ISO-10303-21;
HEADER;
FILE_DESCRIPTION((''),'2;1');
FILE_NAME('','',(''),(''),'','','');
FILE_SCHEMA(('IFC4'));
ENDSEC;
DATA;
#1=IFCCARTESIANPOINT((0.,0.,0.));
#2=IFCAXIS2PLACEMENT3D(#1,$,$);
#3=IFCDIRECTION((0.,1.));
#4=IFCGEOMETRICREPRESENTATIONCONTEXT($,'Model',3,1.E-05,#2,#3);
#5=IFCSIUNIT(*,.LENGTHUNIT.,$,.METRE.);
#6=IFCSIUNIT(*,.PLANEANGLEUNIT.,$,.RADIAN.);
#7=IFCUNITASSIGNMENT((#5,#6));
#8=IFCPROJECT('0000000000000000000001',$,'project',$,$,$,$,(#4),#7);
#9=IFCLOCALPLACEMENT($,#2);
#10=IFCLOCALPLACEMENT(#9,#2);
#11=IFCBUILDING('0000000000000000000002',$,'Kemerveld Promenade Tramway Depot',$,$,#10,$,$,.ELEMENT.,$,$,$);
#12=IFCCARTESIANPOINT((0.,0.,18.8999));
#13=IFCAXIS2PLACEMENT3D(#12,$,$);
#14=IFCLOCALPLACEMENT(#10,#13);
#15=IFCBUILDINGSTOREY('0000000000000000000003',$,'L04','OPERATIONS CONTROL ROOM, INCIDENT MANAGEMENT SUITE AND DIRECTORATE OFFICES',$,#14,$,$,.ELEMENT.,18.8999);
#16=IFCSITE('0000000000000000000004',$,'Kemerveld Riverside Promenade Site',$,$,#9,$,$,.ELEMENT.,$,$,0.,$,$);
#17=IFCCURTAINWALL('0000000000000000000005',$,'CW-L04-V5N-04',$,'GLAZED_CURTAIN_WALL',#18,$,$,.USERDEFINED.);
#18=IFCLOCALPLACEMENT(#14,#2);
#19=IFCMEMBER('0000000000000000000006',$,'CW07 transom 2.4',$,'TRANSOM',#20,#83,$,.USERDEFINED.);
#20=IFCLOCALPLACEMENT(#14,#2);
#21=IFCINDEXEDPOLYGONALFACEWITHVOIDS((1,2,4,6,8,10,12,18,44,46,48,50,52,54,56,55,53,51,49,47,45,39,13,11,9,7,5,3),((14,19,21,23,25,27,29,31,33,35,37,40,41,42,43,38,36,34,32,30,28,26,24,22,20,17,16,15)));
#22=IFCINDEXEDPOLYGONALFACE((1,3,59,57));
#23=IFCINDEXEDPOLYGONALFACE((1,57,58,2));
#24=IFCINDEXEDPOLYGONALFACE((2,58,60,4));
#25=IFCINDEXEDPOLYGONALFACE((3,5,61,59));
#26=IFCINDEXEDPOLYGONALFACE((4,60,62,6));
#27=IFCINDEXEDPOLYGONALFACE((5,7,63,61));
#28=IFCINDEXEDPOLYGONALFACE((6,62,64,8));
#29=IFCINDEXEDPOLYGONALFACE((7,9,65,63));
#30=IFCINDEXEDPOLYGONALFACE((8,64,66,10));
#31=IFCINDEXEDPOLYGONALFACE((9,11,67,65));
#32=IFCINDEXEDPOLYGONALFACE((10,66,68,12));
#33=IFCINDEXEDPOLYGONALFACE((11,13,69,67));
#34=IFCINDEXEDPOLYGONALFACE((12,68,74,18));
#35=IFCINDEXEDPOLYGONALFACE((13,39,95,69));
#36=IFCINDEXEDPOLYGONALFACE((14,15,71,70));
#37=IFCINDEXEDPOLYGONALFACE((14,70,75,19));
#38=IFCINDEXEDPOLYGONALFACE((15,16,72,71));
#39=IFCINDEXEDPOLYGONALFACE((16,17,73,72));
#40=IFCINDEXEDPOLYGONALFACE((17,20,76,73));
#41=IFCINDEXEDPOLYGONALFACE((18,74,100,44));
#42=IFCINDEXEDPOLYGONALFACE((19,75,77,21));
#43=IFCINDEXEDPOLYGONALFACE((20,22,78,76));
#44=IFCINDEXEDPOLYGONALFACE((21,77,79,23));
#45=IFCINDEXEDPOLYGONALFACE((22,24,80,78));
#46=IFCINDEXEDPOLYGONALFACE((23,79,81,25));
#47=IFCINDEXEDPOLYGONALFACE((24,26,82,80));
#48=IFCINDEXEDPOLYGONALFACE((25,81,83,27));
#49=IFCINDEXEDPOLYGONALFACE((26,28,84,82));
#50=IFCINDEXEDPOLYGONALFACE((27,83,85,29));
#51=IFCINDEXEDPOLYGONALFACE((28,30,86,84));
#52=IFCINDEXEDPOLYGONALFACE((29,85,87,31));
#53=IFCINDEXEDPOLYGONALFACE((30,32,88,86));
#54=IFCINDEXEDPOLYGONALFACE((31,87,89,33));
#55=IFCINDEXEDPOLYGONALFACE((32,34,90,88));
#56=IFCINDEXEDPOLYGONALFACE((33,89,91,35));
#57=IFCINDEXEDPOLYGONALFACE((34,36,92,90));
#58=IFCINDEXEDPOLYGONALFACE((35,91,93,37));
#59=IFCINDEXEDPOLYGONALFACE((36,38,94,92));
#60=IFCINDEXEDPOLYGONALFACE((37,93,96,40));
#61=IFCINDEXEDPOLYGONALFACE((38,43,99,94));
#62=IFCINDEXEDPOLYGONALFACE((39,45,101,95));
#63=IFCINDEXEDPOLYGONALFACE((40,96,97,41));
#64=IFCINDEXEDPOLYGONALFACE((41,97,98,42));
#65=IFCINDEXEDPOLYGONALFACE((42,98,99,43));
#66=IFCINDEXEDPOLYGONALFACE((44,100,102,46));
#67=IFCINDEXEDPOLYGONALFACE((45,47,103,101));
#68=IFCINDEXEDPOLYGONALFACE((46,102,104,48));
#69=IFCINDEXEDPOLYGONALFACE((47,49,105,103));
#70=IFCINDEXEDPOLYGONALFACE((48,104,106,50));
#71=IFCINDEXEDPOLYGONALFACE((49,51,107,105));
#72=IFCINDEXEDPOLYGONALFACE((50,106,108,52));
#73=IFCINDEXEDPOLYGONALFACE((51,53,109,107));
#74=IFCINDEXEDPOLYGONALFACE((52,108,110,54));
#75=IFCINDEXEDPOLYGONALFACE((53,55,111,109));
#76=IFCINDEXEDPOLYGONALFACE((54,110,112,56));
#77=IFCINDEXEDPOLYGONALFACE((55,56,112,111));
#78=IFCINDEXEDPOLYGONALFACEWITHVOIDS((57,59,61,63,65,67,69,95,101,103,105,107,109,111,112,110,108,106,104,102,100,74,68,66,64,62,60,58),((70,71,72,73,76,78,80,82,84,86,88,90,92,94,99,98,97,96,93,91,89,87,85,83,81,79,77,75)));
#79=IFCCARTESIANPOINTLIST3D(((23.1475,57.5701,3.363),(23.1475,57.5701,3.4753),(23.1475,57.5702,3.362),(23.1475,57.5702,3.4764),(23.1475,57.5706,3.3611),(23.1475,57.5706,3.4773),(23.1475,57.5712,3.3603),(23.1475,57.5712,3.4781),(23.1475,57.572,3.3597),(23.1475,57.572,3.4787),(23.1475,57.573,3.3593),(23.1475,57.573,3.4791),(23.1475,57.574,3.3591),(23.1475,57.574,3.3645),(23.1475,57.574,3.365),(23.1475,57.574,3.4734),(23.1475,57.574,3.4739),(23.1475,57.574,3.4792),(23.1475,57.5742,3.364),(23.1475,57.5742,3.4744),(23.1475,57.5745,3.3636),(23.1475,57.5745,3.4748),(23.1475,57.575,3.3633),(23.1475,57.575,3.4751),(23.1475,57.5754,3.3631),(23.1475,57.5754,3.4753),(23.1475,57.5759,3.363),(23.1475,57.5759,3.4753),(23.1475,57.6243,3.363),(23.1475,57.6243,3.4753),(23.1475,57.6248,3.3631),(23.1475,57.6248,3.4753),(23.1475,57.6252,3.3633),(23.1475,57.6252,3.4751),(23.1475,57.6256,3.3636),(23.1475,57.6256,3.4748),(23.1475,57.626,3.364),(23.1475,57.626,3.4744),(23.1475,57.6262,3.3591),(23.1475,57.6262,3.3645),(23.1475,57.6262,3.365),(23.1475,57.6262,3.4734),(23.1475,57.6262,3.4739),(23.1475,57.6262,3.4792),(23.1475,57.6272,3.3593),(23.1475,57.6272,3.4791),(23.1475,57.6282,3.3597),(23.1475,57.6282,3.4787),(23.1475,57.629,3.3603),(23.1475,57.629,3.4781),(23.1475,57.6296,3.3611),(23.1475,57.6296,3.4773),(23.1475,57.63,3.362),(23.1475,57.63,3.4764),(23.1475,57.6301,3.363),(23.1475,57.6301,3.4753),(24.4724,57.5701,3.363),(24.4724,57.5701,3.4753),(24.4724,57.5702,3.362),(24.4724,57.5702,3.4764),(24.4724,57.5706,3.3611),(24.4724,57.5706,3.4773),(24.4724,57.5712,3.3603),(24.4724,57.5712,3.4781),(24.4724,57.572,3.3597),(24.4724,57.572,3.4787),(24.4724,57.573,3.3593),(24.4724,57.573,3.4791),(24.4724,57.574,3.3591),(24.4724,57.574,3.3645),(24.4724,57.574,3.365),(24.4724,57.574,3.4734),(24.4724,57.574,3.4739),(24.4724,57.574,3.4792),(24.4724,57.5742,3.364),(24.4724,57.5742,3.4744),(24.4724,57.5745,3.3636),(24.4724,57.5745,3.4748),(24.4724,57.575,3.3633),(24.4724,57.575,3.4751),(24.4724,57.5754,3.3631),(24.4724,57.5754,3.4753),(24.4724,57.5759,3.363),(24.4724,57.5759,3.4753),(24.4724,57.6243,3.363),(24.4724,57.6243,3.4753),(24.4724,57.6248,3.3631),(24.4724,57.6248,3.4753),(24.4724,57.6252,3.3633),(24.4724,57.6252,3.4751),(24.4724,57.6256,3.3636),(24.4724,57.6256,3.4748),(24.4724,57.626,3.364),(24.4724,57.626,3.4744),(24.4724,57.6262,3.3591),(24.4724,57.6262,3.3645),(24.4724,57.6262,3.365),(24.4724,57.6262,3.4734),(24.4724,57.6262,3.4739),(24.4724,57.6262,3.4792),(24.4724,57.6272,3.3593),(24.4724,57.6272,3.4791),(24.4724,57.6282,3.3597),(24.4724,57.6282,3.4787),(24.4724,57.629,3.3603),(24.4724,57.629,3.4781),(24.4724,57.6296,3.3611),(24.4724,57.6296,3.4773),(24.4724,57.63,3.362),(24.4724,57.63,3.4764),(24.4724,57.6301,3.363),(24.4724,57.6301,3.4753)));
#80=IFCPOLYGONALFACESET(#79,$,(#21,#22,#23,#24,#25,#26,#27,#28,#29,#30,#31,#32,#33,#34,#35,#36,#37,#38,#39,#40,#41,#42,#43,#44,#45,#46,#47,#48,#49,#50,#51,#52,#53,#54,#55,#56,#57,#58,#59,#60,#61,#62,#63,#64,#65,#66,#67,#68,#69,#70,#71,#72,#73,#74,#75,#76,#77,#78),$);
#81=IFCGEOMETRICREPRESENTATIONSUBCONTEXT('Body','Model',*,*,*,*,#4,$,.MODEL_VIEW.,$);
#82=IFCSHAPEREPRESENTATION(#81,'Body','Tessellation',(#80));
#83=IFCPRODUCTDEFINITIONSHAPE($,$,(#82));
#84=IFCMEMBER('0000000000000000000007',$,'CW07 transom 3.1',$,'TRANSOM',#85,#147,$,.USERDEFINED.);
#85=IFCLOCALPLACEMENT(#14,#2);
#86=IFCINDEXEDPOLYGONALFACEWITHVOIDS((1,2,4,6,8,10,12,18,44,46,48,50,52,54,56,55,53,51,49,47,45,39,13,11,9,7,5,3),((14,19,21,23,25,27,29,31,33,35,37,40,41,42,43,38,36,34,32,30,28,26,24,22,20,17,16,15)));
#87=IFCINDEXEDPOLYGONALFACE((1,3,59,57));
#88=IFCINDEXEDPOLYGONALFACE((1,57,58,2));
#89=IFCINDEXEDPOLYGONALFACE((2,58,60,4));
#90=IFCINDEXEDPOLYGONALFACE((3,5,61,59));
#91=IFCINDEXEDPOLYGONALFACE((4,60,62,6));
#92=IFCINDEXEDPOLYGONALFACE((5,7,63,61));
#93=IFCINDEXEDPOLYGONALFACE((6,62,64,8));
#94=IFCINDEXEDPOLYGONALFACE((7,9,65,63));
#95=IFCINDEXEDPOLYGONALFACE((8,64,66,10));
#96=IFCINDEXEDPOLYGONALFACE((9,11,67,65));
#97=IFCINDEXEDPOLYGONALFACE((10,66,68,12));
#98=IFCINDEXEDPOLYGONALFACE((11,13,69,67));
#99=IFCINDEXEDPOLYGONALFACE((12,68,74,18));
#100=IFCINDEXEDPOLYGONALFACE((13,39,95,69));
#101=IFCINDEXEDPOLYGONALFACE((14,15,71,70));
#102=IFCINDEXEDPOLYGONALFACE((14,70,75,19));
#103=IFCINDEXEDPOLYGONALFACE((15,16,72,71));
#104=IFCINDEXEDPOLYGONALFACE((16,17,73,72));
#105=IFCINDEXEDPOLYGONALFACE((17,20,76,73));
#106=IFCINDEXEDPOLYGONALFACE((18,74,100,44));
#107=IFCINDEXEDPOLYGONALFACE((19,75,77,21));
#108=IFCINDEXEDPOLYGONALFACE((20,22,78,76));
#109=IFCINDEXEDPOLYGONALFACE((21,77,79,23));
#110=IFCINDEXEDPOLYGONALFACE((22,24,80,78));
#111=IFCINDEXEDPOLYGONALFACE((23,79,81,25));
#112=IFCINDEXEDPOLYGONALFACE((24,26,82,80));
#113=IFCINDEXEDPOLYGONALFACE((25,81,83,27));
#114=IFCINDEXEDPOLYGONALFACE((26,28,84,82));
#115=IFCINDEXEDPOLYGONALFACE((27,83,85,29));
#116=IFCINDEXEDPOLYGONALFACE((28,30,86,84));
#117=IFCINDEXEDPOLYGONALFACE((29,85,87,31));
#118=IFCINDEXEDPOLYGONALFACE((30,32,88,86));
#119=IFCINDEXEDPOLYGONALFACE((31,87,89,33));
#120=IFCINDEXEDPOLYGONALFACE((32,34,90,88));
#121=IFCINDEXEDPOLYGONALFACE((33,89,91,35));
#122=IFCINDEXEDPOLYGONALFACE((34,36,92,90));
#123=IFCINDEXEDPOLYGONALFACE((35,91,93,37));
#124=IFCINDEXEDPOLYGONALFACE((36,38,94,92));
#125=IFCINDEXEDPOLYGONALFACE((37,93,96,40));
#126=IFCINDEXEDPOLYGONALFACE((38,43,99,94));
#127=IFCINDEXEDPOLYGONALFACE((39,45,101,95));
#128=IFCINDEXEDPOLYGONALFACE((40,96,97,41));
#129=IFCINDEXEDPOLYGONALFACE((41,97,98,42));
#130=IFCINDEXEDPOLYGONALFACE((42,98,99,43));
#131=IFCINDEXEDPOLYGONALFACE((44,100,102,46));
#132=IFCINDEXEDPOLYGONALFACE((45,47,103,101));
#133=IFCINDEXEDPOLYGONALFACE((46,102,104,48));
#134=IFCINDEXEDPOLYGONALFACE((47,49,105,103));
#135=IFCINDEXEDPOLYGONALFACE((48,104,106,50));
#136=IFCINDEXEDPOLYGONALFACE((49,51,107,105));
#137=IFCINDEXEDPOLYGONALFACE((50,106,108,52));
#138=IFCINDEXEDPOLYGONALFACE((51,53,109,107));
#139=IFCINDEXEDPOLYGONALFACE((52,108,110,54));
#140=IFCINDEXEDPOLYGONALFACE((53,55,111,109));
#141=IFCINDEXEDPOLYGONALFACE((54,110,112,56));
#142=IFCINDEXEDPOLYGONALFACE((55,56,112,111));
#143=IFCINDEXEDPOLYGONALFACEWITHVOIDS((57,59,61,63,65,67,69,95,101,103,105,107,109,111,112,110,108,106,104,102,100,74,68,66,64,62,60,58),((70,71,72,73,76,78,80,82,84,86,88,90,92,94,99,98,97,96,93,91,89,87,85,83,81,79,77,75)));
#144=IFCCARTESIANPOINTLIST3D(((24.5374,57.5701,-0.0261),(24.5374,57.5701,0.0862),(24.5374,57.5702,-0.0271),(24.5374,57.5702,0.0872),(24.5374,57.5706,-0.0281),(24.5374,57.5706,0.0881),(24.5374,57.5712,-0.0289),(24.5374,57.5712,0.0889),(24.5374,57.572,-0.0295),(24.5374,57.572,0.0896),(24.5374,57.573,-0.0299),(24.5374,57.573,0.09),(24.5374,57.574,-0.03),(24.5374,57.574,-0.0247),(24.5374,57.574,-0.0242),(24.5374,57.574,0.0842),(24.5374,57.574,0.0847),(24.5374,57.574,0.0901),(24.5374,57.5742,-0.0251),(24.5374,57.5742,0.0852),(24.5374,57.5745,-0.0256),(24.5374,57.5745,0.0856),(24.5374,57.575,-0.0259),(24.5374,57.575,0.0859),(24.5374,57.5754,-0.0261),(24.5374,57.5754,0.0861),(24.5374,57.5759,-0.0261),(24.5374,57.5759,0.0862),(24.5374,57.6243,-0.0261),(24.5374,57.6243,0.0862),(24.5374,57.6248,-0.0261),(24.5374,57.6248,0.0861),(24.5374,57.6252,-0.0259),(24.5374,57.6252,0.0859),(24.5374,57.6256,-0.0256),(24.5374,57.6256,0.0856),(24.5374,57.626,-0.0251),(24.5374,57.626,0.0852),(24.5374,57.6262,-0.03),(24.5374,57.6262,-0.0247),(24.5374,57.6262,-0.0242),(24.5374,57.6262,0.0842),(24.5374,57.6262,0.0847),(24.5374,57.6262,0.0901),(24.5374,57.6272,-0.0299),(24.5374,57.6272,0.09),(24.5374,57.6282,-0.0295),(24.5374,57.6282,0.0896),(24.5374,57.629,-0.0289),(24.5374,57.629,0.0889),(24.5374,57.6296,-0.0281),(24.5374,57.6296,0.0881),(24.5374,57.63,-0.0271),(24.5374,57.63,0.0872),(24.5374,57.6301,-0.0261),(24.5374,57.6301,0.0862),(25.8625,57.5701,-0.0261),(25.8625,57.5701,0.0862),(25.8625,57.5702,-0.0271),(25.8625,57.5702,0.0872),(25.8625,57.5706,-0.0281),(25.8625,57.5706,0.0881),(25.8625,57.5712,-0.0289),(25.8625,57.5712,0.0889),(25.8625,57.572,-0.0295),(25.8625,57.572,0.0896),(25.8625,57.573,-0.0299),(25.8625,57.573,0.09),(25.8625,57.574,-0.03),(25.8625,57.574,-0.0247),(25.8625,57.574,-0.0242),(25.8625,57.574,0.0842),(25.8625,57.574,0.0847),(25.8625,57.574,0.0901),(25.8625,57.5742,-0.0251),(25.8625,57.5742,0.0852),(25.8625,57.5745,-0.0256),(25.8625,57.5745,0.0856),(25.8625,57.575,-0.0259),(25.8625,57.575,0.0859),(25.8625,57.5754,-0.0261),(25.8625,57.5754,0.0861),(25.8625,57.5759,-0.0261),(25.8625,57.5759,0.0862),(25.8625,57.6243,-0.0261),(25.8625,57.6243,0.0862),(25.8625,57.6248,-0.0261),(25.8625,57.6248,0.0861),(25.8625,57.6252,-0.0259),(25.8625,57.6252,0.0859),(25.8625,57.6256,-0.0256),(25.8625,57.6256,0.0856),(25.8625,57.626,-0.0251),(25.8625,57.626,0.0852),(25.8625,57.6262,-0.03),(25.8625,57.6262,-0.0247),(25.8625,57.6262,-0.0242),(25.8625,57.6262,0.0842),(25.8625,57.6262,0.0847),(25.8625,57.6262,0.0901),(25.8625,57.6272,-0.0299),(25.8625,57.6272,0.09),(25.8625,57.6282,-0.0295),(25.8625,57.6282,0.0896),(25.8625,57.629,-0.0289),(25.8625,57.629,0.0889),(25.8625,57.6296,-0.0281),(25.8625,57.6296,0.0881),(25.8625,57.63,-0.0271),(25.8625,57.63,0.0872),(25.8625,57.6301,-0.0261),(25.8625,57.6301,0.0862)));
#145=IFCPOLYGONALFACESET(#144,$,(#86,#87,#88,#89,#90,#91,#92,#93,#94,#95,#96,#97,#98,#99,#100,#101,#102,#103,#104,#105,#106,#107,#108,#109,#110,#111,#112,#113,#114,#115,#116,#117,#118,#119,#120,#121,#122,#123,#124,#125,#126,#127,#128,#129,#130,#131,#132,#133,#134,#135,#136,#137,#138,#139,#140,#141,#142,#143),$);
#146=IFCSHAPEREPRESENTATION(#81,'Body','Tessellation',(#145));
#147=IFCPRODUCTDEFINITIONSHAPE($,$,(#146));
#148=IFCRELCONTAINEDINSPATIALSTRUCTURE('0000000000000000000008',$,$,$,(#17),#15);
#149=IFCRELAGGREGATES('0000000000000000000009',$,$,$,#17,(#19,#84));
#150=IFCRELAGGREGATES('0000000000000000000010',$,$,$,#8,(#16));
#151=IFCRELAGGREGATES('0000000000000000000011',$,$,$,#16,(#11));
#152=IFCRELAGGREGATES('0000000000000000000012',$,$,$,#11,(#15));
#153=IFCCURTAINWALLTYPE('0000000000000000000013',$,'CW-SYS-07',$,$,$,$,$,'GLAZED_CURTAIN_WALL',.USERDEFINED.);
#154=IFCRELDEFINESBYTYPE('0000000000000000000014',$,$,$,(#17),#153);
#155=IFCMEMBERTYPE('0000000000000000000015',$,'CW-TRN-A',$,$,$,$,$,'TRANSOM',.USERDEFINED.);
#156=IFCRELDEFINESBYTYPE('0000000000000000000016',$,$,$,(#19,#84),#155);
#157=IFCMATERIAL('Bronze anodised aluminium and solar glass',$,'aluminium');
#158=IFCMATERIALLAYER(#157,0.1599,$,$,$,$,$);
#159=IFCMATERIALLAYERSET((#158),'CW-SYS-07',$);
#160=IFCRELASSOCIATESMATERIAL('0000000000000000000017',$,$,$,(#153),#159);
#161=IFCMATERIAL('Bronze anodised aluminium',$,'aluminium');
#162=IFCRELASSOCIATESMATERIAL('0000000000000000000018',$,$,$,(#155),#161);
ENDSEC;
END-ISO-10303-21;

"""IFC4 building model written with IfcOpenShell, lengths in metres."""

from ifc_helpers import new_model, si_unit, direction, frame, origin, origin_2d, place, context, subcontext, project, spatial, hollow_rectangle, extrude, material, layer, layer_set, material_profile, profile_set, type_object, element, aggregate, save


model = new_model("IFC4")

# Units and contexts
model_context = context("Model", 3, precision=1e-05, world=origin(), true_north=direction((0.0, 1.0)))
body_context = subcontext(model_context, "Body", "Model", "MODEL_VIEW")
ifc_project = project(units=[si_unit("LENGTHUNIT", "METRE"), si_unit("PLANEANGLEUNIT", "RADIAN")], contexts=[model_context])

# Site, building, storey
site_placement = place(None, origin())
site = spatial("IfcSite", under=ifc_project, at=site_placement, Name="Kemerveld Riverside Promenade Site", CompositionType="ELEMENT", RefElevation=0.0)
building_placement = place(site_placement, origin())
building = spatial("IfcBuilding", under=site, at=building_placement, Name="Kemerveld Promenade Tramway Depot", CompositionType="ELEMENT")
storey_placement = place(building_placement, frame((0.0, 0.0, 18.8999)))
storey = spatial("IfcBuildingStorey", under=building, at=storey_placement, Name="L04", Description="OPERATIONS CONTROL ROOM, INCIDENT MANAGEMENT SUITE AND DIRECTORATE OFFICES", CompositionType="ELEMENT", Elevation=18.8999)

# Curtain wall, members
ifc_material_1 = material(Name="Bronze anodised aluminium and solar glass", Category="aluminium")
ifc_layer_1 = layer(ifc_material_1, 0.1599)
ifc_layer_set_1 = layer_set([ifc_layer_1], Name="CW-SYS-07")
curtain_wall_type = type_object("IfcCurtainWallType", Name="CW-SYS-07", ElementType="GLAZED_CURTAIN_WALL", PredefinedType="USERDEFINED", material=ifc_layer_set_1)
curtain_wall_placement = place(storey_placement, origin())
curtain_wall = element("IfcCurtainWall", 1, at=curtain_wall_placement, inside=storey, type_object=curtain_wall_type, Name="CW-L04-V5N-04", ObjectType="GLAZED_CURTAIN_WALL", PredefinedType="USERDEFINED")
ifc_material_2 = material(Name="Bronze anodised aluminium", Category="aluminium")
ifc_material_profile_1 = material_profile(ifc_material_2, hollow_rectangle(XDim=0.0601, YDim=0.1201, WallThickness=0.0039, InnerFilletRadius=0.002, OuterFilletRadius=0.0039, at=origin_2d()), Name="CW-TRN-120x60")
ifc_profile_set_1 = profile_set([ifc_material_profile_1], Name="Bronze anodised aluminium")
member_type_1 = type_object("IfcMemberType", Name="CW-TRN-A", ElementType="TRANSOM", PredefinedType="USERDEFINED", material=ifc_profile_set_1)
member_1_placement = place(storey_placement, frame((23.1475, 57.6001, 3.4192), z_axis=(1.0, 0.0, 0.0), x_axis=(0.0, 1.0, 0.0)))
member_1 = element("IfcMember", 2, at=member_1_placement, type_object=member_type_1, Name="CW07 transom 2.4", ObjectType="TRANSOM", PredefinedType="USERDEFINED", context=body_context, shape_type="SweptSolid", body=[
    extrude(hollow_rectangle(XDim=0.0601, YDim=0.1201, WallThickness=0.0039, InnerFilletRadius=0.002, OuterFilletRadius=0.0039, at=origin_2d()), origin(), (0.0, 0.0, 1.0), 1.325),
])
member_2_placement = place(storey_placement, frame((24.5374, 57.6001, 0.03), z_axis=(1.0, 0.0, 0.0), x_axis=(0.0, 1.0, 0.0)))
member_2 = element("IfcMember", 3, at=member_2_placement, type_object=member_type_1, Name="CW07 transom 3.1", ObjectType="TRANSOM", PredefinedType="USERDEFINED", context=body_context, shape_type="SweptSolid", body=[
    extrude(hollow_rectangle(XDim=0.0601, YDim=0.1201, WallThickness=0.0039, InnerFilletRadius=0.002, OuterFilletRadius=0.0039, at=origin_2d()), origin(), (0.0, 0.0, 1.0), 1.3252),
])
aggregate(curtain_wall, [member_1, member_2])

save(model, "model.ifc")
